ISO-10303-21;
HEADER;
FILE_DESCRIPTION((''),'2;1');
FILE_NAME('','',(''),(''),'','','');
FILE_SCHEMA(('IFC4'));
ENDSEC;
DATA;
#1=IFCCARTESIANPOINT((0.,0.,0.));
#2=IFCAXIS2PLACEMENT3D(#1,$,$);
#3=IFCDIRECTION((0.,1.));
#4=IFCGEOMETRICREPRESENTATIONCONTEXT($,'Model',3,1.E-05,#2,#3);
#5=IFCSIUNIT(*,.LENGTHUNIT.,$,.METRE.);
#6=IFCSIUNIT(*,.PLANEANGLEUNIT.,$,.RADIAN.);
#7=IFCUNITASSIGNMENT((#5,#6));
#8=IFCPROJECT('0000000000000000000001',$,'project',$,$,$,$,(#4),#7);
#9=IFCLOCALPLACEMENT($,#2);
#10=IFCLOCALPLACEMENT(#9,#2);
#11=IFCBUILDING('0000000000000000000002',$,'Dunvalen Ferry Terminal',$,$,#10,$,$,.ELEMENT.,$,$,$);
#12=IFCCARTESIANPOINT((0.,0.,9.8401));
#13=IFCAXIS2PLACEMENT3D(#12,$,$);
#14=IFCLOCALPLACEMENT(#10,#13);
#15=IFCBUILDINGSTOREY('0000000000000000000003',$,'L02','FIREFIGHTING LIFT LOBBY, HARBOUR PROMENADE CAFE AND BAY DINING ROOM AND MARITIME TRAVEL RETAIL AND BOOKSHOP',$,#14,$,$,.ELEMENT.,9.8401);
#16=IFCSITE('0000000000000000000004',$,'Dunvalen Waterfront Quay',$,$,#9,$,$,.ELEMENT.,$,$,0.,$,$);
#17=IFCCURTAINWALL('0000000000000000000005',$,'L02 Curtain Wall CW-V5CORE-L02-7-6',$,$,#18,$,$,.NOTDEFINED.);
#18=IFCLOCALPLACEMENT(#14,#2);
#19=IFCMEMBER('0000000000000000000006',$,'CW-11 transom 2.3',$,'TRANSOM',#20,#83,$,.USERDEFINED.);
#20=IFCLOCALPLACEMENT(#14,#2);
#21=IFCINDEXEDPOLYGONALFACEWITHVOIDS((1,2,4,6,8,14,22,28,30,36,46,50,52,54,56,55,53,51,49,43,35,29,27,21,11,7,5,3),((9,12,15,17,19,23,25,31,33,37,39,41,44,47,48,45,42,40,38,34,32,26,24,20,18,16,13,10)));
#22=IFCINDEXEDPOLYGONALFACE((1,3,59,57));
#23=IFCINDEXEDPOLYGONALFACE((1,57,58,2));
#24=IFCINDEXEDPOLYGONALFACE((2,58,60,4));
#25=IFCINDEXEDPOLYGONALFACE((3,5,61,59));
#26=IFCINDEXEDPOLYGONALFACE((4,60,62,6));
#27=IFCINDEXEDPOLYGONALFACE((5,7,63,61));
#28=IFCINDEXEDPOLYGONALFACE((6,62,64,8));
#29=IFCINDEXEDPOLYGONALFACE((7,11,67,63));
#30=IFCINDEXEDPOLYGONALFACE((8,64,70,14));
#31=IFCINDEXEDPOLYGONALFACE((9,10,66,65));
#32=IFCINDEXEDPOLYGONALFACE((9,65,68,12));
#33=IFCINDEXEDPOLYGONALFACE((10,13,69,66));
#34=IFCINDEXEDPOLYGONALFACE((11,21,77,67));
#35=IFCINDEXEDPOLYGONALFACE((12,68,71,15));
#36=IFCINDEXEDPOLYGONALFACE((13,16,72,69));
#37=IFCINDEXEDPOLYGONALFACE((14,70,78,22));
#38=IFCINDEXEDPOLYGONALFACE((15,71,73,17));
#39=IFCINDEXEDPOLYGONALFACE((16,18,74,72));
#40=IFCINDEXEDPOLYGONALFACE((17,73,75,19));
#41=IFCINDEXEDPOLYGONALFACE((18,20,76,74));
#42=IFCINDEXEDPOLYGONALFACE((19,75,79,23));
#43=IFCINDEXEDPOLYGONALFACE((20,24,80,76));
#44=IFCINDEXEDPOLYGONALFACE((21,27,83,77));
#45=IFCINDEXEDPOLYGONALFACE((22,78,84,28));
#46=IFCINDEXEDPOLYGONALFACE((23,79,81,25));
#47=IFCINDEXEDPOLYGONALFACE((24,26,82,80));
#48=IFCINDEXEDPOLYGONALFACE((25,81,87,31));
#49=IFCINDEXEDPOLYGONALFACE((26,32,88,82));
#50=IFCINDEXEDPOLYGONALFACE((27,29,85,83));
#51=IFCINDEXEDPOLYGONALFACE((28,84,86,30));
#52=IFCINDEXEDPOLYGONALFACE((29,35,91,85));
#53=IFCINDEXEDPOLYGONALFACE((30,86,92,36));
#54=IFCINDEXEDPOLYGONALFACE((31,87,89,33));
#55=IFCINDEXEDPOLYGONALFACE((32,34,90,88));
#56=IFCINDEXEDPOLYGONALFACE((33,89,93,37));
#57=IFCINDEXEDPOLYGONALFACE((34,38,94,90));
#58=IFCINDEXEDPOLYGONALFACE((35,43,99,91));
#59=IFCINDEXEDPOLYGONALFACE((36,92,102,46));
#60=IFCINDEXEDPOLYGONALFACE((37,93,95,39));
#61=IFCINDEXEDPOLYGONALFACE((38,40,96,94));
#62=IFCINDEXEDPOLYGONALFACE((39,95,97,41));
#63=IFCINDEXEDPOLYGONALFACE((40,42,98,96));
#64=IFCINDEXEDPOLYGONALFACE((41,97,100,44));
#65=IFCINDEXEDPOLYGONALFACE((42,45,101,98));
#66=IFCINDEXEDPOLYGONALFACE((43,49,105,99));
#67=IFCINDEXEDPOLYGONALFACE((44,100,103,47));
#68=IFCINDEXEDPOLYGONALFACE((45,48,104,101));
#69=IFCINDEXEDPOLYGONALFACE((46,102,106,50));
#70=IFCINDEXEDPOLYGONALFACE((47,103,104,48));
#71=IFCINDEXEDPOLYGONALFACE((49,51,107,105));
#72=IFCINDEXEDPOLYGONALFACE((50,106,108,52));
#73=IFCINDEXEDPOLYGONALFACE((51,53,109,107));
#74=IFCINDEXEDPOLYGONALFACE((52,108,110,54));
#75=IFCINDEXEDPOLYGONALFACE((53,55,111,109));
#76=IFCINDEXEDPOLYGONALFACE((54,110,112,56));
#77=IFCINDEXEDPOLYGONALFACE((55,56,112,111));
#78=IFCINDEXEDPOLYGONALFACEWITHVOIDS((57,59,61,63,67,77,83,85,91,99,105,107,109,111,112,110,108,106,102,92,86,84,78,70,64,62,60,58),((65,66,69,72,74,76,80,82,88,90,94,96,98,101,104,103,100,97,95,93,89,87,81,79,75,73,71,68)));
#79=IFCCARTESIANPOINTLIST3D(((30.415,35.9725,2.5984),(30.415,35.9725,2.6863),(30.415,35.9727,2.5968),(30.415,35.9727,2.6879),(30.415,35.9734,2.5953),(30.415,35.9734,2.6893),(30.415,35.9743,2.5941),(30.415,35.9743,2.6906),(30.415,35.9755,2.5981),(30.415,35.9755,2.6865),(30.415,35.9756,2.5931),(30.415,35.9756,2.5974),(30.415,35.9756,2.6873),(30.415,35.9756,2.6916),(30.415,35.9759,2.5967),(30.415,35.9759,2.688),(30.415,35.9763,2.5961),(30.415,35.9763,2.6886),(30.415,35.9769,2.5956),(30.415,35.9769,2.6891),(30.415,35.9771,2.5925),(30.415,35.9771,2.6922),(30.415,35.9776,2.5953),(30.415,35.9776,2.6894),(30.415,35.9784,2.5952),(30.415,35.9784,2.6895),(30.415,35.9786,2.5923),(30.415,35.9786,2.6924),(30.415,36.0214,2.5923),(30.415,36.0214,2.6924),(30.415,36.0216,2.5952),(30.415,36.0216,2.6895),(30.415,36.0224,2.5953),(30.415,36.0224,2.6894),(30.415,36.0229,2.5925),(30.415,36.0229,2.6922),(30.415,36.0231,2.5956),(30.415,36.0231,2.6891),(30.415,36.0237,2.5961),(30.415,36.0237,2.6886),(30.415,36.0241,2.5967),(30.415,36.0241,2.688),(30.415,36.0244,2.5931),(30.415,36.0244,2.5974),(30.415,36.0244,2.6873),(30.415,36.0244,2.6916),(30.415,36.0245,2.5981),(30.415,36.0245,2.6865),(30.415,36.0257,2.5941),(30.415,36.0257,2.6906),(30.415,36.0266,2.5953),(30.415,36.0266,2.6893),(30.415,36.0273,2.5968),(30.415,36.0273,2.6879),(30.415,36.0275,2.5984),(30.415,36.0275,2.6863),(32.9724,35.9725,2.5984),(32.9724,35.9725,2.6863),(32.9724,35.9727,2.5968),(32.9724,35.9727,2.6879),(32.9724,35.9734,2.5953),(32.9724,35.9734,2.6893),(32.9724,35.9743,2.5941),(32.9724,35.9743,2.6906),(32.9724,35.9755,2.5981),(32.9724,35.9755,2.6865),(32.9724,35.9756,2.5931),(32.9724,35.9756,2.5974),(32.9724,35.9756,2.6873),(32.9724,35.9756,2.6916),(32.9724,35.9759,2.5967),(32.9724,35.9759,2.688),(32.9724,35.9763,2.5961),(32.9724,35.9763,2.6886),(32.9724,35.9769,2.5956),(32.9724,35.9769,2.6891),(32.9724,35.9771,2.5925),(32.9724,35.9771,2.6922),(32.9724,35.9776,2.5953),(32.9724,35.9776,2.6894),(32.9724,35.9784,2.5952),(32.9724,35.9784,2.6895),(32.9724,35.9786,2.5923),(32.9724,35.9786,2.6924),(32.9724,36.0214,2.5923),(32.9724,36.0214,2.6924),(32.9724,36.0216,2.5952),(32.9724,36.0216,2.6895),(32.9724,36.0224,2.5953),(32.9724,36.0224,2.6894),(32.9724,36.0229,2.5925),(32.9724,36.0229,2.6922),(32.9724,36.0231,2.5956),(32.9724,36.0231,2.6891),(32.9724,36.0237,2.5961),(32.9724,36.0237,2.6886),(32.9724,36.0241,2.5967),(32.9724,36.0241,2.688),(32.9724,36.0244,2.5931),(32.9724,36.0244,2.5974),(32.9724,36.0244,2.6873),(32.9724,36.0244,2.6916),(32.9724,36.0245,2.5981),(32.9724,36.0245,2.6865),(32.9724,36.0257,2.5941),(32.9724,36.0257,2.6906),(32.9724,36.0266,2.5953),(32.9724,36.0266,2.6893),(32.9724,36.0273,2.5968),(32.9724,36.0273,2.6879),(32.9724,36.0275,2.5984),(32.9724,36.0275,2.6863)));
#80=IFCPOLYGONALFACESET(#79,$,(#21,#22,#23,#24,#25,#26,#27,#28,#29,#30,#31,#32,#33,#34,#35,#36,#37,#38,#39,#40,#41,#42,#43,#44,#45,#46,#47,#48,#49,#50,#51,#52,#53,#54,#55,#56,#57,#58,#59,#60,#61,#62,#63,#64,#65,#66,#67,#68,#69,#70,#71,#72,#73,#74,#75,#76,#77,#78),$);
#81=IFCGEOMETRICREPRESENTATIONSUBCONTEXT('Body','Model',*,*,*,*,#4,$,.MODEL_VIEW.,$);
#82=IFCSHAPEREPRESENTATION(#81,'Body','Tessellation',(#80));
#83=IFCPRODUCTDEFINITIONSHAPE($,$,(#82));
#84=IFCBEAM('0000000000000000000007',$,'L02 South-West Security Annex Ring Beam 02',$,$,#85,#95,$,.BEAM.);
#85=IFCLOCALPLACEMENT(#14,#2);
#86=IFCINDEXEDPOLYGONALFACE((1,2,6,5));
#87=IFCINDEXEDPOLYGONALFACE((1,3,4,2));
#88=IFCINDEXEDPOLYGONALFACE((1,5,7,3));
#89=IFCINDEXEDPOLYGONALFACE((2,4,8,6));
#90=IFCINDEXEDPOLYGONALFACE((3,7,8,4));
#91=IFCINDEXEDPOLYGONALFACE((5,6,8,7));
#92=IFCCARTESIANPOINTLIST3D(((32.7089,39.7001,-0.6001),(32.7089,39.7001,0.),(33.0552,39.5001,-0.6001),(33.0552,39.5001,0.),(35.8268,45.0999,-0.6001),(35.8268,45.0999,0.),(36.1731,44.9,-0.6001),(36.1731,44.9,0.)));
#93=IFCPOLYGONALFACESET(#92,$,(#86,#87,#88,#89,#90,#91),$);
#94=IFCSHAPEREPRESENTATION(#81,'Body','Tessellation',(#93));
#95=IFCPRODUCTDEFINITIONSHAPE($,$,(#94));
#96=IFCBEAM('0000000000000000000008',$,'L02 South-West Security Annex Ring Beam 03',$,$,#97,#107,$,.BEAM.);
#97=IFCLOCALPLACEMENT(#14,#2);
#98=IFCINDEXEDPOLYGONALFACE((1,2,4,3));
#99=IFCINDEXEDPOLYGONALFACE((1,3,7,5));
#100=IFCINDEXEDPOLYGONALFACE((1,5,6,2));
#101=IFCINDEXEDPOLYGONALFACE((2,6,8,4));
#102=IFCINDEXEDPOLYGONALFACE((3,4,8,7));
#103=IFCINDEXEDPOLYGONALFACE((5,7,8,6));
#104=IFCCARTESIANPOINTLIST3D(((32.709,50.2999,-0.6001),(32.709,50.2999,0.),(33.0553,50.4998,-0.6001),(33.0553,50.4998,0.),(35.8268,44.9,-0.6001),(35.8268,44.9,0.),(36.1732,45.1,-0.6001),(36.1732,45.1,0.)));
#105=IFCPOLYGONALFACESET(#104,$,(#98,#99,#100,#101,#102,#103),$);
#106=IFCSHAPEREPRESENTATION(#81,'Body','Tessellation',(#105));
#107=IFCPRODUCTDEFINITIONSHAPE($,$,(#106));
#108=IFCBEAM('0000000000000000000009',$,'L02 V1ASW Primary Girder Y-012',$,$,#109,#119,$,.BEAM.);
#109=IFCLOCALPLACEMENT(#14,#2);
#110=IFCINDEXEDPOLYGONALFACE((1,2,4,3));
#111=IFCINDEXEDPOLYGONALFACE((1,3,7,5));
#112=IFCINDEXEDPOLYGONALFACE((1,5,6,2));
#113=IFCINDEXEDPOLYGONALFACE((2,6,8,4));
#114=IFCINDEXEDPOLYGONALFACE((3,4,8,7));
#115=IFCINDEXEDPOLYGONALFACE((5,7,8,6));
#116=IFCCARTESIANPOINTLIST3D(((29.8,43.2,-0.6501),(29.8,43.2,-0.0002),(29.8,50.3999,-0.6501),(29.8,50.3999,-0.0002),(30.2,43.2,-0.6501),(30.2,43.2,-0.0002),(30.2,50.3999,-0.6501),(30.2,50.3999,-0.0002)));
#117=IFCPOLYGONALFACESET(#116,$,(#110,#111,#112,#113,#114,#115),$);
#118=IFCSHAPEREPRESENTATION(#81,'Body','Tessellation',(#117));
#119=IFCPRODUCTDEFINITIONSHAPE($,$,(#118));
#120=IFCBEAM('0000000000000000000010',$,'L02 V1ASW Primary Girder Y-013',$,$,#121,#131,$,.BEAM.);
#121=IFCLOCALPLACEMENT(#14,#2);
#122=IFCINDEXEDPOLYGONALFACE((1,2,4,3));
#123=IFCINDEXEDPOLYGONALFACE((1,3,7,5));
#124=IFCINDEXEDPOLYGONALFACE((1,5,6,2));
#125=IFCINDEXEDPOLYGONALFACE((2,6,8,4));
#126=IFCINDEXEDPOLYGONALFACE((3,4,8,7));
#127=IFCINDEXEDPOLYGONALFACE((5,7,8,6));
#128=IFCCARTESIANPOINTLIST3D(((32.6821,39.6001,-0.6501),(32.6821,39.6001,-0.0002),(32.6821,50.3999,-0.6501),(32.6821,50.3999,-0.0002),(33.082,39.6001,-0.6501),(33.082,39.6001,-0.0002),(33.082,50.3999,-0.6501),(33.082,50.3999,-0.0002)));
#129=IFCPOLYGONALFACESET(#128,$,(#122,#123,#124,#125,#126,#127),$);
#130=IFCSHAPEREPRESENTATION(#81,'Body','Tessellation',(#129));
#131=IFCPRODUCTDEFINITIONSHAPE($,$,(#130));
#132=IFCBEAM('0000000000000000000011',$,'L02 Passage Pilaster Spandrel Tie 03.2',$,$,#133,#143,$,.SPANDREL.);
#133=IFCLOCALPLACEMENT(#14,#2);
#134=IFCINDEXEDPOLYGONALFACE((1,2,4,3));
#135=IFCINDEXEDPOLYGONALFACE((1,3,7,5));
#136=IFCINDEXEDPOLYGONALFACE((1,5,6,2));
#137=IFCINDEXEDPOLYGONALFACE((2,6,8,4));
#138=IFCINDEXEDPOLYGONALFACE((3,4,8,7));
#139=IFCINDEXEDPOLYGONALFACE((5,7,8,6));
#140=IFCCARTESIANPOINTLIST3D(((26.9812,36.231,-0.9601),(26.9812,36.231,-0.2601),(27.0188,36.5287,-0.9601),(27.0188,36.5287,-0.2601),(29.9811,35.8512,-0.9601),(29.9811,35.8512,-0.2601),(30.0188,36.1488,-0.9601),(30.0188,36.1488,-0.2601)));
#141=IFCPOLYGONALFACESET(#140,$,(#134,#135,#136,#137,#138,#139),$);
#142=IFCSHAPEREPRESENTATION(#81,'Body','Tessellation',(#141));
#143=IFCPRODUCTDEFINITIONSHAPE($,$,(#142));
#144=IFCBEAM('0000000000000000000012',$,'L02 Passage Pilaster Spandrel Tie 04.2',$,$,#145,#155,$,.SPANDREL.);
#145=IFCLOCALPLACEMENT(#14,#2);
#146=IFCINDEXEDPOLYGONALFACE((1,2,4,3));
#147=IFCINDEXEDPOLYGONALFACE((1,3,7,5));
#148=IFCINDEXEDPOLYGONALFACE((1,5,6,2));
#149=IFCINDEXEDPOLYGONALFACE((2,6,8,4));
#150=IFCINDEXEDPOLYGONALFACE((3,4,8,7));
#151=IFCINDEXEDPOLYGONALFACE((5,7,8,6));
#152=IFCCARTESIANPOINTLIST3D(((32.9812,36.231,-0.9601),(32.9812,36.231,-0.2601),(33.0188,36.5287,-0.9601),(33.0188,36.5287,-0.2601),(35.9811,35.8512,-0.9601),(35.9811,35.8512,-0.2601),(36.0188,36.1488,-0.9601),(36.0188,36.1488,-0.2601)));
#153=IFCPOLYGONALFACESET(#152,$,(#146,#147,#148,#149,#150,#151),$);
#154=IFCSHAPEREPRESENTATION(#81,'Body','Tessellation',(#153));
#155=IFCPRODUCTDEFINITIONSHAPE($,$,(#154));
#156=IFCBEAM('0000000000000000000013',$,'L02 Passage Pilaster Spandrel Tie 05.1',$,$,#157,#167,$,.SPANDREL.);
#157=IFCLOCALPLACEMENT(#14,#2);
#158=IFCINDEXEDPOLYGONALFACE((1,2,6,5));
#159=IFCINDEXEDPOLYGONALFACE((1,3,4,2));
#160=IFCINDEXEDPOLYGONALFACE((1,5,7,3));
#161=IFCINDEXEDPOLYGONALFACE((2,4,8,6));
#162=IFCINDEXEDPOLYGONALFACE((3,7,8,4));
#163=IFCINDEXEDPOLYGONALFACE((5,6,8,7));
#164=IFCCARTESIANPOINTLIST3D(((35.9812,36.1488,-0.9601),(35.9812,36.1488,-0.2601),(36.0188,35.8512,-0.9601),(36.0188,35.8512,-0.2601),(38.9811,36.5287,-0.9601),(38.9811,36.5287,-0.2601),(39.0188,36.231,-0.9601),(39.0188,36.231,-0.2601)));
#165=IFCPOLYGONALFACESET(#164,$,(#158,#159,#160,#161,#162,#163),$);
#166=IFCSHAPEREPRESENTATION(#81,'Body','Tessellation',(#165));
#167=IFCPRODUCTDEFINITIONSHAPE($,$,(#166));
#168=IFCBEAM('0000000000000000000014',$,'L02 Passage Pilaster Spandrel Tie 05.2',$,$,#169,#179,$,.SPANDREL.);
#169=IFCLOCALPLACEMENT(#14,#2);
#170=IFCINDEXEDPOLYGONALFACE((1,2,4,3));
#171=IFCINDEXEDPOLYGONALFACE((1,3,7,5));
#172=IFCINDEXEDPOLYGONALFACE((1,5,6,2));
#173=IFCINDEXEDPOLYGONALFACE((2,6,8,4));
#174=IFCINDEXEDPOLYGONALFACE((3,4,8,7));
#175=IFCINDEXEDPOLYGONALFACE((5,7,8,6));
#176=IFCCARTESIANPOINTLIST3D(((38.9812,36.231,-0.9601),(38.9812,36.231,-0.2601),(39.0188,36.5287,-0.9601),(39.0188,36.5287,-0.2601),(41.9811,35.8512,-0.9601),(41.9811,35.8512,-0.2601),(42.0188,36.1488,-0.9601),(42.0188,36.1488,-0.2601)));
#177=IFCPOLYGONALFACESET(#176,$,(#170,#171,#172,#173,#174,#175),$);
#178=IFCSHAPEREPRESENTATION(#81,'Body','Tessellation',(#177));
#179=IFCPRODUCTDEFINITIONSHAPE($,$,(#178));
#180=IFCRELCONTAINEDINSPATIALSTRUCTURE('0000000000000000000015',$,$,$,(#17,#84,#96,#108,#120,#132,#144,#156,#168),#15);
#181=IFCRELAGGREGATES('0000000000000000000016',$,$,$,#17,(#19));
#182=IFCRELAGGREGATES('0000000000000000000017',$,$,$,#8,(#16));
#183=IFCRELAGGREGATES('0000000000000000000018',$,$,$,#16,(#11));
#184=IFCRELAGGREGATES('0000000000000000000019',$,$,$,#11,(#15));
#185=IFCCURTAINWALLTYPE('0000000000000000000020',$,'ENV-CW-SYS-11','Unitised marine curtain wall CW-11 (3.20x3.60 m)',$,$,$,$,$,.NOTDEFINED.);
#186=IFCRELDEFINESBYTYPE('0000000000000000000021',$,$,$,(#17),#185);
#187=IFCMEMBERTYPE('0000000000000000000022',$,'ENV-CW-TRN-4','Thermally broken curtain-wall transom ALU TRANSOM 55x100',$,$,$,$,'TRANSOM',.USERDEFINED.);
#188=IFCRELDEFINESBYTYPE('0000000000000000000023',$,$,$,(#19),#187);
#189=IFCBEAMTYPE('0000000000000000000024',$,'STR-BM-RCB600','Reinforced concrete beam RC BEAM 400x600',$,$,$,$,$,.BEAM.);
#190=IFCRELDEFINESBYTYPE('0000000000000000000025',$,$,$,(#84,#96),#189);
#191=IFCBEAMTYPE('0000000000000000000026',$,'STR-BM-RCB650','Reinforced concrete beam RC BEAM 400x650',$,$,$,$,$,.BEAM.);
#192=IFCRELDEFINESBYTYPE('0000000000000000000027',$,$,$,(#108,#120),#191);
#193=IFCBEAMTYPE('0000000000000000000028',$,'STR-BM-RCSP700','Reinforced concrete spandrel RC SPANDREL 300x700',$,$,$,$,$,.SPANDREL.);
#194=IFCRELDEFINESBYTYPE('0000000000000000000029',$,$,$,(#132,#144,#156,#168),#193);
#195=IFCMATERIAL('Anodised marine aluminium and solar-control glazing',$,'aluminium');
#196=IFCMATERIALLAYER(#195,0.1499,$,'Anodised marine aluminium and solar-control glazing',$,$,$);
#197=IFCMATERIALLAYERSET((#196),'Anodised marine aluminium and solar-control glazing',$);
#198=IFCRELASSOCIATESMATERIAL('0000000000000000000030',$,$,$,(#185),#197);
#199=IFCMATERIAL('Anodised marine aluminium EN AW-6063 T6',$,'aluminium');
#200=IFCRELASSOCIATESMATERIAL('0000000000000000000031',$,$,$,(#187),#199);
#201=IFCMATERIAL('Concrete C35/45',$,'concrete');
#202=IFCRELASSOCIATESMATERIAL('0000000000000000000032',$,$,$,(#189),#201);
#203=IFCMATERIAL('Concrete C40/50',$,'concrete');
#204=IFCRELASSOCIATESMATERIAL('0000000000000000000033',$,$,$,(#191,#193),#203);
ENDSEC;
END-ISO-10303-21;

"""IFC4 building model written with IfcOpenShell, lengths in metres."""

from ifc_helpers import new_model, si_unit, direction, frame, origin, origin_2d, place, context, subcontext, project, spatial, rectangle, hollow_rectangle, extrude, material, layer, layer_set, material_profile, profile_set, type_object, element, aggregate, save


model = new_model("IFC4")

# Units and contexts
model_context = context("Model", 3, precision=1e-05, world=origin(), true_north=direction((0.0, 1.0)))
body_context = subcontext(model_context, "Body", "Model", "MODEL_VIEW")
ifc_project = project(units=[si_unit("LENGTHUNIT", "METRE"), si_unit("PLANEANGLEUNIT", "RADIAN")], contexts=[model_context])

# Site, building, storey
site_placement = place(None, origin())
site = spatial("IfcSite", under=ifc_project, at=site_placement, Name="Dunvalen Waterfront Quay", CompositionType="ELEMENT", RefElevation=0.0)
building_placement = place(site_placement, origin())
building = spatial("IfcBuilding", under=site, at=building_placement, Name="Dunvalen Ferry Terminal", CompositionType="ELEMENT")
storey_placement = place(building_placement, frame((0.0, 0.0, 9.8401)))
storey = spatial("IfcBuildingStorey", under=building, at=storey_placement, Name="L02", Description="FIREFIGHTING LIFT LOBBY, HARBOUR PROMENADE CAFE AND BAY DINING ROOM AND MARITIME TRAVEL RETAIL AND BOOKSHOP", CompositionType="ELEMENT", Elevation=9.8401)

# Shared definitions
ifc_material_1 = material(Name="Concrete C40/50", Category="concrete")

# Shared definitions
ifc_material_2 = material(Name="Anodised marine aluminium and solar-control glazing", Category="aluminium")
ifc_material_3 = material(Name="Anodised marine aluminium EN AW-6063 T6", Category="aluminium")

# Curtain wall
ifc_layer_1 = layer(ifc_material_2, 0.1499, Name="Anodised marine aluminium and solar-control glazing")
ifc_layer_set_1 = layer_set([ifc_layer_1], Name="Anodised marine aluminium and solar-control glazing")
curtain_wall_type_1 = type_object("IfcCurtainWallType", Name="ENV-CW-SYS-11", Description="Unitised marine curtain wall CW-11 (3.20x3.60 m)", PredefinedType="NOTDEFINED", material=ifc_layer_set_1)
curtain_wall_1_placement = place(storey_placement, origin())
curtain_wall_1 = element("IfcCurtainWall", 1, at=curtain_wall_1_placement, inside=storey, type_object=curtain_wall_type_1, Name="L02 Curtain Wall CW-V5CORE-L02-7-6", PredefinedType="NOTDEFINED")

# Member
ifc_material_profile_1 = material_profile(ifc_material_3, hollow_rectangle(XDim=0.0549, YDim=0.1001, WallThickness=0.0029, InnerFilletRadius=0.0029, OuterFilletRadius=0.0061, at=origin_2d()), Name="Anodised marine aluminium EN AW-6063 T6")
ifc_profile_set_1 = profile_set([ifc_material_profile_1], Name="Anodised marine aluminium EN AW-6063 T6")
member_type_1 = type_object("IfcMemberType", Name="ENV-CW-TRN-4", Description="Thermally broken curtain-wall transom ALU TRANSOM 55x100", ElementType="TRANSOM", PredefinedType="USERDEFINED", material=ifc_profile_set_1)
member_1_placement = place(storey_placement, frame((32.9724, 36.0, 2.6423), z_axis=(-1.0, 0.0, 0.0), x_axis=(0.0, -1.0, 0.0)))
member_1 = element("IfcMember", 2, at=member_1_placement, type_object=member_type_1, Name="CW-11 transom 2.3", ObjectType="TRANSOM", PredefinedType="USERDEFINED", context=body_context, shape_type="SweptSolid", body=[
    extrude(hollow_rectangle(XDim=0.0549, YDim=0.1001, WallThickness=0.0029, InnerFilletRadius=0.0029, OuterFilletRadius=0.0061, at=origin_2d()), origin(), (0.0, 0.0, 1.0), 2.5574),
])

# Beams
ifc_material_4 = material(Name="Concrete C35/45", Category="concrete")
ifc_material_profile_2 = material_profile(ifc_material_4, rectangle(XDim=0.3999, YDim=0.6001, at=origin_2d()), Name="Concrete C35/45")
ifc_profile_set_2 = profile_set([ifc_material_profile_2], Name="Concrete C35/45")
beam_type_1 = type_object("IfcBeamType", Name="STR-BM-RCB600", Description="Reinforced concrete beam RC BEAM 400x600", PredefinedType="BEAM", material=ifc_profile_set_2)
for number, where, z_axis, x_axis, name in (
    (3, (32.8821, 39.6001, -0.3), (0.500034, 0.866006, 0.0), (-0.866006, 0.500034, 0.0), "L02 South-West Security Annex Ring Beam 02"),
    (4, (36.0, 45.0, -0.3), (-0.500034, 0.866006, 0.0), (-0.866006, -0.500034, 0.0), "L02 South-West Security Annex Ring Beam 03"),
):
    element("IfcBeam", number, at=place(storey_placement, frame(where, z_axis=z_axis, x_axis=x_axis)), inside=storey, type_object=beam_type_1, Name=name, PredefinedType="BEAM", context=body_context, shape_type="SweptSolid", body=[
        extrude(rectangle(XDim=0.3999, YDim=0.6001, at=origin_2d()), origin(), (0.0, 0.0, 1.0), 6.2354),
    ])
ifc_material_profile_3 = material_profile(ifc_material_1, rectangle(XDim=0.3999, YDim=0.6499, at=origin_2d()), Name="Concrete C40/50")
ifc_profile_set_3 = profile_set([ifc_material_profile_3], Name="Concrete C40/50")
beam_type_2 = type_object("IfcBeamType", Name="STR-BM-RCB650", Description="Reinforced concrete beam RC BEAM 400x650", PredefinedType="BEAM", material=ifc_profile_set_3)
beam_1_placement = place(storey_placement, frame((30.0, 43.2, -0.3252), z_axis=(0.0, 1.0, 0.0), x_axis=(-1.0, 0.0, 0.0)))
element("IfcBeam", 5, at=beam_1_placement, inside=storey, type_object=beam_type_2, Name="L02 V1ASW Primary Girder Y-012", PredefinedType="BEAM", context=body_context, shape_type="SweptSolid", body=[
    extrude(rectangle(XDim=0.3999, YDim=0.6499, at=origin_2d()), origin(), (0.0, 0.0, 1.0), 7.2),
])
beam_2_placement = place(storey_placement, frame((32.8821, 39.6001, -0.3252), z_axis=(0.0, 1.0, 0.0), x_axis=(-1.0, 0.0, 0.0)))
element("IfcBeam", 6, at=beam_2_placement, inside=storey, type_object=beam_type_2, Name="L02 V1ASW Primary Girder Y-013", PredefinedType="BEAM", context=body_context, shape_type="SweptSolid", body=[
    extrude(rectangle(XDim=0.3999, YDim=0.6499, at=origin_2d()), origin(), (0.0, 0.0, 1.0), 10.7998),
])
ifc_material_profile_4 = material_profile(ifc_material_1, rectangle(XDim=0.3, YDim=0.7, at=origin_2d()), Name="Concrete C40/50")
ifc_profile_set_4 = profile_set([ifc_material_profile_4], Name="Concrete C40/50")
beam_type_3 = type_object("IfcBeamType", Name="STR-BM-RCSP700", Description="Reinforced concrete spandrel RC SPANDREL 300x700", PredefinedType="SPANDREL", material=ifc_profile_set_4)
for number, where, z_axis, x_axis, name in (
    (7, (27.0, 36.3799, -0.6101), (0.992078, -0.125624, 0.0), (0.125624, 0.992078, 0.0), "L02 Passage Pilaster Spandrel Tie 03.2"),
    (8, (33.0, 36.3799, -0.6101), (0.992078, -0.125624, 0.0), (0.125624, 0.992078, 0.0), "L02 Passage Pilaster Spandrel Tie 04.2"),
    (9, (36.0, 36.0, -0.6101), (0.992078, 0.125624, 0.0), (-0.125624, 0.992078, 0.0), "L02 Passage Pilaster Spandrel Tie 05.1"),
    (10, (39.0, 36.3799, -0.6101), (0.992078, -0.125624, 0.0), (0.125624, 0.992078, 0.0), "L02 Passage Pilaster Spandrel Tie 05.2"),
):
    element("IfcBeam", number, at=place(storey_placement, frame(where, z_axis=z_axis, x_axis=x_axis)), inside=storey, type_object=beam_type_3, Name=name, PredefinedType="SPANDREL", context=body_context, shape_type="SweptSolid", body=[
        extrude(rectangle(XDim=0.3, YDim=0.7, at=origin_2d()), origin(), (0.0, 0.0, 1.0), 3.0239),
    ])

aggregate(curtain_wall_1, [member_1])

save(model, "model.ifc")
